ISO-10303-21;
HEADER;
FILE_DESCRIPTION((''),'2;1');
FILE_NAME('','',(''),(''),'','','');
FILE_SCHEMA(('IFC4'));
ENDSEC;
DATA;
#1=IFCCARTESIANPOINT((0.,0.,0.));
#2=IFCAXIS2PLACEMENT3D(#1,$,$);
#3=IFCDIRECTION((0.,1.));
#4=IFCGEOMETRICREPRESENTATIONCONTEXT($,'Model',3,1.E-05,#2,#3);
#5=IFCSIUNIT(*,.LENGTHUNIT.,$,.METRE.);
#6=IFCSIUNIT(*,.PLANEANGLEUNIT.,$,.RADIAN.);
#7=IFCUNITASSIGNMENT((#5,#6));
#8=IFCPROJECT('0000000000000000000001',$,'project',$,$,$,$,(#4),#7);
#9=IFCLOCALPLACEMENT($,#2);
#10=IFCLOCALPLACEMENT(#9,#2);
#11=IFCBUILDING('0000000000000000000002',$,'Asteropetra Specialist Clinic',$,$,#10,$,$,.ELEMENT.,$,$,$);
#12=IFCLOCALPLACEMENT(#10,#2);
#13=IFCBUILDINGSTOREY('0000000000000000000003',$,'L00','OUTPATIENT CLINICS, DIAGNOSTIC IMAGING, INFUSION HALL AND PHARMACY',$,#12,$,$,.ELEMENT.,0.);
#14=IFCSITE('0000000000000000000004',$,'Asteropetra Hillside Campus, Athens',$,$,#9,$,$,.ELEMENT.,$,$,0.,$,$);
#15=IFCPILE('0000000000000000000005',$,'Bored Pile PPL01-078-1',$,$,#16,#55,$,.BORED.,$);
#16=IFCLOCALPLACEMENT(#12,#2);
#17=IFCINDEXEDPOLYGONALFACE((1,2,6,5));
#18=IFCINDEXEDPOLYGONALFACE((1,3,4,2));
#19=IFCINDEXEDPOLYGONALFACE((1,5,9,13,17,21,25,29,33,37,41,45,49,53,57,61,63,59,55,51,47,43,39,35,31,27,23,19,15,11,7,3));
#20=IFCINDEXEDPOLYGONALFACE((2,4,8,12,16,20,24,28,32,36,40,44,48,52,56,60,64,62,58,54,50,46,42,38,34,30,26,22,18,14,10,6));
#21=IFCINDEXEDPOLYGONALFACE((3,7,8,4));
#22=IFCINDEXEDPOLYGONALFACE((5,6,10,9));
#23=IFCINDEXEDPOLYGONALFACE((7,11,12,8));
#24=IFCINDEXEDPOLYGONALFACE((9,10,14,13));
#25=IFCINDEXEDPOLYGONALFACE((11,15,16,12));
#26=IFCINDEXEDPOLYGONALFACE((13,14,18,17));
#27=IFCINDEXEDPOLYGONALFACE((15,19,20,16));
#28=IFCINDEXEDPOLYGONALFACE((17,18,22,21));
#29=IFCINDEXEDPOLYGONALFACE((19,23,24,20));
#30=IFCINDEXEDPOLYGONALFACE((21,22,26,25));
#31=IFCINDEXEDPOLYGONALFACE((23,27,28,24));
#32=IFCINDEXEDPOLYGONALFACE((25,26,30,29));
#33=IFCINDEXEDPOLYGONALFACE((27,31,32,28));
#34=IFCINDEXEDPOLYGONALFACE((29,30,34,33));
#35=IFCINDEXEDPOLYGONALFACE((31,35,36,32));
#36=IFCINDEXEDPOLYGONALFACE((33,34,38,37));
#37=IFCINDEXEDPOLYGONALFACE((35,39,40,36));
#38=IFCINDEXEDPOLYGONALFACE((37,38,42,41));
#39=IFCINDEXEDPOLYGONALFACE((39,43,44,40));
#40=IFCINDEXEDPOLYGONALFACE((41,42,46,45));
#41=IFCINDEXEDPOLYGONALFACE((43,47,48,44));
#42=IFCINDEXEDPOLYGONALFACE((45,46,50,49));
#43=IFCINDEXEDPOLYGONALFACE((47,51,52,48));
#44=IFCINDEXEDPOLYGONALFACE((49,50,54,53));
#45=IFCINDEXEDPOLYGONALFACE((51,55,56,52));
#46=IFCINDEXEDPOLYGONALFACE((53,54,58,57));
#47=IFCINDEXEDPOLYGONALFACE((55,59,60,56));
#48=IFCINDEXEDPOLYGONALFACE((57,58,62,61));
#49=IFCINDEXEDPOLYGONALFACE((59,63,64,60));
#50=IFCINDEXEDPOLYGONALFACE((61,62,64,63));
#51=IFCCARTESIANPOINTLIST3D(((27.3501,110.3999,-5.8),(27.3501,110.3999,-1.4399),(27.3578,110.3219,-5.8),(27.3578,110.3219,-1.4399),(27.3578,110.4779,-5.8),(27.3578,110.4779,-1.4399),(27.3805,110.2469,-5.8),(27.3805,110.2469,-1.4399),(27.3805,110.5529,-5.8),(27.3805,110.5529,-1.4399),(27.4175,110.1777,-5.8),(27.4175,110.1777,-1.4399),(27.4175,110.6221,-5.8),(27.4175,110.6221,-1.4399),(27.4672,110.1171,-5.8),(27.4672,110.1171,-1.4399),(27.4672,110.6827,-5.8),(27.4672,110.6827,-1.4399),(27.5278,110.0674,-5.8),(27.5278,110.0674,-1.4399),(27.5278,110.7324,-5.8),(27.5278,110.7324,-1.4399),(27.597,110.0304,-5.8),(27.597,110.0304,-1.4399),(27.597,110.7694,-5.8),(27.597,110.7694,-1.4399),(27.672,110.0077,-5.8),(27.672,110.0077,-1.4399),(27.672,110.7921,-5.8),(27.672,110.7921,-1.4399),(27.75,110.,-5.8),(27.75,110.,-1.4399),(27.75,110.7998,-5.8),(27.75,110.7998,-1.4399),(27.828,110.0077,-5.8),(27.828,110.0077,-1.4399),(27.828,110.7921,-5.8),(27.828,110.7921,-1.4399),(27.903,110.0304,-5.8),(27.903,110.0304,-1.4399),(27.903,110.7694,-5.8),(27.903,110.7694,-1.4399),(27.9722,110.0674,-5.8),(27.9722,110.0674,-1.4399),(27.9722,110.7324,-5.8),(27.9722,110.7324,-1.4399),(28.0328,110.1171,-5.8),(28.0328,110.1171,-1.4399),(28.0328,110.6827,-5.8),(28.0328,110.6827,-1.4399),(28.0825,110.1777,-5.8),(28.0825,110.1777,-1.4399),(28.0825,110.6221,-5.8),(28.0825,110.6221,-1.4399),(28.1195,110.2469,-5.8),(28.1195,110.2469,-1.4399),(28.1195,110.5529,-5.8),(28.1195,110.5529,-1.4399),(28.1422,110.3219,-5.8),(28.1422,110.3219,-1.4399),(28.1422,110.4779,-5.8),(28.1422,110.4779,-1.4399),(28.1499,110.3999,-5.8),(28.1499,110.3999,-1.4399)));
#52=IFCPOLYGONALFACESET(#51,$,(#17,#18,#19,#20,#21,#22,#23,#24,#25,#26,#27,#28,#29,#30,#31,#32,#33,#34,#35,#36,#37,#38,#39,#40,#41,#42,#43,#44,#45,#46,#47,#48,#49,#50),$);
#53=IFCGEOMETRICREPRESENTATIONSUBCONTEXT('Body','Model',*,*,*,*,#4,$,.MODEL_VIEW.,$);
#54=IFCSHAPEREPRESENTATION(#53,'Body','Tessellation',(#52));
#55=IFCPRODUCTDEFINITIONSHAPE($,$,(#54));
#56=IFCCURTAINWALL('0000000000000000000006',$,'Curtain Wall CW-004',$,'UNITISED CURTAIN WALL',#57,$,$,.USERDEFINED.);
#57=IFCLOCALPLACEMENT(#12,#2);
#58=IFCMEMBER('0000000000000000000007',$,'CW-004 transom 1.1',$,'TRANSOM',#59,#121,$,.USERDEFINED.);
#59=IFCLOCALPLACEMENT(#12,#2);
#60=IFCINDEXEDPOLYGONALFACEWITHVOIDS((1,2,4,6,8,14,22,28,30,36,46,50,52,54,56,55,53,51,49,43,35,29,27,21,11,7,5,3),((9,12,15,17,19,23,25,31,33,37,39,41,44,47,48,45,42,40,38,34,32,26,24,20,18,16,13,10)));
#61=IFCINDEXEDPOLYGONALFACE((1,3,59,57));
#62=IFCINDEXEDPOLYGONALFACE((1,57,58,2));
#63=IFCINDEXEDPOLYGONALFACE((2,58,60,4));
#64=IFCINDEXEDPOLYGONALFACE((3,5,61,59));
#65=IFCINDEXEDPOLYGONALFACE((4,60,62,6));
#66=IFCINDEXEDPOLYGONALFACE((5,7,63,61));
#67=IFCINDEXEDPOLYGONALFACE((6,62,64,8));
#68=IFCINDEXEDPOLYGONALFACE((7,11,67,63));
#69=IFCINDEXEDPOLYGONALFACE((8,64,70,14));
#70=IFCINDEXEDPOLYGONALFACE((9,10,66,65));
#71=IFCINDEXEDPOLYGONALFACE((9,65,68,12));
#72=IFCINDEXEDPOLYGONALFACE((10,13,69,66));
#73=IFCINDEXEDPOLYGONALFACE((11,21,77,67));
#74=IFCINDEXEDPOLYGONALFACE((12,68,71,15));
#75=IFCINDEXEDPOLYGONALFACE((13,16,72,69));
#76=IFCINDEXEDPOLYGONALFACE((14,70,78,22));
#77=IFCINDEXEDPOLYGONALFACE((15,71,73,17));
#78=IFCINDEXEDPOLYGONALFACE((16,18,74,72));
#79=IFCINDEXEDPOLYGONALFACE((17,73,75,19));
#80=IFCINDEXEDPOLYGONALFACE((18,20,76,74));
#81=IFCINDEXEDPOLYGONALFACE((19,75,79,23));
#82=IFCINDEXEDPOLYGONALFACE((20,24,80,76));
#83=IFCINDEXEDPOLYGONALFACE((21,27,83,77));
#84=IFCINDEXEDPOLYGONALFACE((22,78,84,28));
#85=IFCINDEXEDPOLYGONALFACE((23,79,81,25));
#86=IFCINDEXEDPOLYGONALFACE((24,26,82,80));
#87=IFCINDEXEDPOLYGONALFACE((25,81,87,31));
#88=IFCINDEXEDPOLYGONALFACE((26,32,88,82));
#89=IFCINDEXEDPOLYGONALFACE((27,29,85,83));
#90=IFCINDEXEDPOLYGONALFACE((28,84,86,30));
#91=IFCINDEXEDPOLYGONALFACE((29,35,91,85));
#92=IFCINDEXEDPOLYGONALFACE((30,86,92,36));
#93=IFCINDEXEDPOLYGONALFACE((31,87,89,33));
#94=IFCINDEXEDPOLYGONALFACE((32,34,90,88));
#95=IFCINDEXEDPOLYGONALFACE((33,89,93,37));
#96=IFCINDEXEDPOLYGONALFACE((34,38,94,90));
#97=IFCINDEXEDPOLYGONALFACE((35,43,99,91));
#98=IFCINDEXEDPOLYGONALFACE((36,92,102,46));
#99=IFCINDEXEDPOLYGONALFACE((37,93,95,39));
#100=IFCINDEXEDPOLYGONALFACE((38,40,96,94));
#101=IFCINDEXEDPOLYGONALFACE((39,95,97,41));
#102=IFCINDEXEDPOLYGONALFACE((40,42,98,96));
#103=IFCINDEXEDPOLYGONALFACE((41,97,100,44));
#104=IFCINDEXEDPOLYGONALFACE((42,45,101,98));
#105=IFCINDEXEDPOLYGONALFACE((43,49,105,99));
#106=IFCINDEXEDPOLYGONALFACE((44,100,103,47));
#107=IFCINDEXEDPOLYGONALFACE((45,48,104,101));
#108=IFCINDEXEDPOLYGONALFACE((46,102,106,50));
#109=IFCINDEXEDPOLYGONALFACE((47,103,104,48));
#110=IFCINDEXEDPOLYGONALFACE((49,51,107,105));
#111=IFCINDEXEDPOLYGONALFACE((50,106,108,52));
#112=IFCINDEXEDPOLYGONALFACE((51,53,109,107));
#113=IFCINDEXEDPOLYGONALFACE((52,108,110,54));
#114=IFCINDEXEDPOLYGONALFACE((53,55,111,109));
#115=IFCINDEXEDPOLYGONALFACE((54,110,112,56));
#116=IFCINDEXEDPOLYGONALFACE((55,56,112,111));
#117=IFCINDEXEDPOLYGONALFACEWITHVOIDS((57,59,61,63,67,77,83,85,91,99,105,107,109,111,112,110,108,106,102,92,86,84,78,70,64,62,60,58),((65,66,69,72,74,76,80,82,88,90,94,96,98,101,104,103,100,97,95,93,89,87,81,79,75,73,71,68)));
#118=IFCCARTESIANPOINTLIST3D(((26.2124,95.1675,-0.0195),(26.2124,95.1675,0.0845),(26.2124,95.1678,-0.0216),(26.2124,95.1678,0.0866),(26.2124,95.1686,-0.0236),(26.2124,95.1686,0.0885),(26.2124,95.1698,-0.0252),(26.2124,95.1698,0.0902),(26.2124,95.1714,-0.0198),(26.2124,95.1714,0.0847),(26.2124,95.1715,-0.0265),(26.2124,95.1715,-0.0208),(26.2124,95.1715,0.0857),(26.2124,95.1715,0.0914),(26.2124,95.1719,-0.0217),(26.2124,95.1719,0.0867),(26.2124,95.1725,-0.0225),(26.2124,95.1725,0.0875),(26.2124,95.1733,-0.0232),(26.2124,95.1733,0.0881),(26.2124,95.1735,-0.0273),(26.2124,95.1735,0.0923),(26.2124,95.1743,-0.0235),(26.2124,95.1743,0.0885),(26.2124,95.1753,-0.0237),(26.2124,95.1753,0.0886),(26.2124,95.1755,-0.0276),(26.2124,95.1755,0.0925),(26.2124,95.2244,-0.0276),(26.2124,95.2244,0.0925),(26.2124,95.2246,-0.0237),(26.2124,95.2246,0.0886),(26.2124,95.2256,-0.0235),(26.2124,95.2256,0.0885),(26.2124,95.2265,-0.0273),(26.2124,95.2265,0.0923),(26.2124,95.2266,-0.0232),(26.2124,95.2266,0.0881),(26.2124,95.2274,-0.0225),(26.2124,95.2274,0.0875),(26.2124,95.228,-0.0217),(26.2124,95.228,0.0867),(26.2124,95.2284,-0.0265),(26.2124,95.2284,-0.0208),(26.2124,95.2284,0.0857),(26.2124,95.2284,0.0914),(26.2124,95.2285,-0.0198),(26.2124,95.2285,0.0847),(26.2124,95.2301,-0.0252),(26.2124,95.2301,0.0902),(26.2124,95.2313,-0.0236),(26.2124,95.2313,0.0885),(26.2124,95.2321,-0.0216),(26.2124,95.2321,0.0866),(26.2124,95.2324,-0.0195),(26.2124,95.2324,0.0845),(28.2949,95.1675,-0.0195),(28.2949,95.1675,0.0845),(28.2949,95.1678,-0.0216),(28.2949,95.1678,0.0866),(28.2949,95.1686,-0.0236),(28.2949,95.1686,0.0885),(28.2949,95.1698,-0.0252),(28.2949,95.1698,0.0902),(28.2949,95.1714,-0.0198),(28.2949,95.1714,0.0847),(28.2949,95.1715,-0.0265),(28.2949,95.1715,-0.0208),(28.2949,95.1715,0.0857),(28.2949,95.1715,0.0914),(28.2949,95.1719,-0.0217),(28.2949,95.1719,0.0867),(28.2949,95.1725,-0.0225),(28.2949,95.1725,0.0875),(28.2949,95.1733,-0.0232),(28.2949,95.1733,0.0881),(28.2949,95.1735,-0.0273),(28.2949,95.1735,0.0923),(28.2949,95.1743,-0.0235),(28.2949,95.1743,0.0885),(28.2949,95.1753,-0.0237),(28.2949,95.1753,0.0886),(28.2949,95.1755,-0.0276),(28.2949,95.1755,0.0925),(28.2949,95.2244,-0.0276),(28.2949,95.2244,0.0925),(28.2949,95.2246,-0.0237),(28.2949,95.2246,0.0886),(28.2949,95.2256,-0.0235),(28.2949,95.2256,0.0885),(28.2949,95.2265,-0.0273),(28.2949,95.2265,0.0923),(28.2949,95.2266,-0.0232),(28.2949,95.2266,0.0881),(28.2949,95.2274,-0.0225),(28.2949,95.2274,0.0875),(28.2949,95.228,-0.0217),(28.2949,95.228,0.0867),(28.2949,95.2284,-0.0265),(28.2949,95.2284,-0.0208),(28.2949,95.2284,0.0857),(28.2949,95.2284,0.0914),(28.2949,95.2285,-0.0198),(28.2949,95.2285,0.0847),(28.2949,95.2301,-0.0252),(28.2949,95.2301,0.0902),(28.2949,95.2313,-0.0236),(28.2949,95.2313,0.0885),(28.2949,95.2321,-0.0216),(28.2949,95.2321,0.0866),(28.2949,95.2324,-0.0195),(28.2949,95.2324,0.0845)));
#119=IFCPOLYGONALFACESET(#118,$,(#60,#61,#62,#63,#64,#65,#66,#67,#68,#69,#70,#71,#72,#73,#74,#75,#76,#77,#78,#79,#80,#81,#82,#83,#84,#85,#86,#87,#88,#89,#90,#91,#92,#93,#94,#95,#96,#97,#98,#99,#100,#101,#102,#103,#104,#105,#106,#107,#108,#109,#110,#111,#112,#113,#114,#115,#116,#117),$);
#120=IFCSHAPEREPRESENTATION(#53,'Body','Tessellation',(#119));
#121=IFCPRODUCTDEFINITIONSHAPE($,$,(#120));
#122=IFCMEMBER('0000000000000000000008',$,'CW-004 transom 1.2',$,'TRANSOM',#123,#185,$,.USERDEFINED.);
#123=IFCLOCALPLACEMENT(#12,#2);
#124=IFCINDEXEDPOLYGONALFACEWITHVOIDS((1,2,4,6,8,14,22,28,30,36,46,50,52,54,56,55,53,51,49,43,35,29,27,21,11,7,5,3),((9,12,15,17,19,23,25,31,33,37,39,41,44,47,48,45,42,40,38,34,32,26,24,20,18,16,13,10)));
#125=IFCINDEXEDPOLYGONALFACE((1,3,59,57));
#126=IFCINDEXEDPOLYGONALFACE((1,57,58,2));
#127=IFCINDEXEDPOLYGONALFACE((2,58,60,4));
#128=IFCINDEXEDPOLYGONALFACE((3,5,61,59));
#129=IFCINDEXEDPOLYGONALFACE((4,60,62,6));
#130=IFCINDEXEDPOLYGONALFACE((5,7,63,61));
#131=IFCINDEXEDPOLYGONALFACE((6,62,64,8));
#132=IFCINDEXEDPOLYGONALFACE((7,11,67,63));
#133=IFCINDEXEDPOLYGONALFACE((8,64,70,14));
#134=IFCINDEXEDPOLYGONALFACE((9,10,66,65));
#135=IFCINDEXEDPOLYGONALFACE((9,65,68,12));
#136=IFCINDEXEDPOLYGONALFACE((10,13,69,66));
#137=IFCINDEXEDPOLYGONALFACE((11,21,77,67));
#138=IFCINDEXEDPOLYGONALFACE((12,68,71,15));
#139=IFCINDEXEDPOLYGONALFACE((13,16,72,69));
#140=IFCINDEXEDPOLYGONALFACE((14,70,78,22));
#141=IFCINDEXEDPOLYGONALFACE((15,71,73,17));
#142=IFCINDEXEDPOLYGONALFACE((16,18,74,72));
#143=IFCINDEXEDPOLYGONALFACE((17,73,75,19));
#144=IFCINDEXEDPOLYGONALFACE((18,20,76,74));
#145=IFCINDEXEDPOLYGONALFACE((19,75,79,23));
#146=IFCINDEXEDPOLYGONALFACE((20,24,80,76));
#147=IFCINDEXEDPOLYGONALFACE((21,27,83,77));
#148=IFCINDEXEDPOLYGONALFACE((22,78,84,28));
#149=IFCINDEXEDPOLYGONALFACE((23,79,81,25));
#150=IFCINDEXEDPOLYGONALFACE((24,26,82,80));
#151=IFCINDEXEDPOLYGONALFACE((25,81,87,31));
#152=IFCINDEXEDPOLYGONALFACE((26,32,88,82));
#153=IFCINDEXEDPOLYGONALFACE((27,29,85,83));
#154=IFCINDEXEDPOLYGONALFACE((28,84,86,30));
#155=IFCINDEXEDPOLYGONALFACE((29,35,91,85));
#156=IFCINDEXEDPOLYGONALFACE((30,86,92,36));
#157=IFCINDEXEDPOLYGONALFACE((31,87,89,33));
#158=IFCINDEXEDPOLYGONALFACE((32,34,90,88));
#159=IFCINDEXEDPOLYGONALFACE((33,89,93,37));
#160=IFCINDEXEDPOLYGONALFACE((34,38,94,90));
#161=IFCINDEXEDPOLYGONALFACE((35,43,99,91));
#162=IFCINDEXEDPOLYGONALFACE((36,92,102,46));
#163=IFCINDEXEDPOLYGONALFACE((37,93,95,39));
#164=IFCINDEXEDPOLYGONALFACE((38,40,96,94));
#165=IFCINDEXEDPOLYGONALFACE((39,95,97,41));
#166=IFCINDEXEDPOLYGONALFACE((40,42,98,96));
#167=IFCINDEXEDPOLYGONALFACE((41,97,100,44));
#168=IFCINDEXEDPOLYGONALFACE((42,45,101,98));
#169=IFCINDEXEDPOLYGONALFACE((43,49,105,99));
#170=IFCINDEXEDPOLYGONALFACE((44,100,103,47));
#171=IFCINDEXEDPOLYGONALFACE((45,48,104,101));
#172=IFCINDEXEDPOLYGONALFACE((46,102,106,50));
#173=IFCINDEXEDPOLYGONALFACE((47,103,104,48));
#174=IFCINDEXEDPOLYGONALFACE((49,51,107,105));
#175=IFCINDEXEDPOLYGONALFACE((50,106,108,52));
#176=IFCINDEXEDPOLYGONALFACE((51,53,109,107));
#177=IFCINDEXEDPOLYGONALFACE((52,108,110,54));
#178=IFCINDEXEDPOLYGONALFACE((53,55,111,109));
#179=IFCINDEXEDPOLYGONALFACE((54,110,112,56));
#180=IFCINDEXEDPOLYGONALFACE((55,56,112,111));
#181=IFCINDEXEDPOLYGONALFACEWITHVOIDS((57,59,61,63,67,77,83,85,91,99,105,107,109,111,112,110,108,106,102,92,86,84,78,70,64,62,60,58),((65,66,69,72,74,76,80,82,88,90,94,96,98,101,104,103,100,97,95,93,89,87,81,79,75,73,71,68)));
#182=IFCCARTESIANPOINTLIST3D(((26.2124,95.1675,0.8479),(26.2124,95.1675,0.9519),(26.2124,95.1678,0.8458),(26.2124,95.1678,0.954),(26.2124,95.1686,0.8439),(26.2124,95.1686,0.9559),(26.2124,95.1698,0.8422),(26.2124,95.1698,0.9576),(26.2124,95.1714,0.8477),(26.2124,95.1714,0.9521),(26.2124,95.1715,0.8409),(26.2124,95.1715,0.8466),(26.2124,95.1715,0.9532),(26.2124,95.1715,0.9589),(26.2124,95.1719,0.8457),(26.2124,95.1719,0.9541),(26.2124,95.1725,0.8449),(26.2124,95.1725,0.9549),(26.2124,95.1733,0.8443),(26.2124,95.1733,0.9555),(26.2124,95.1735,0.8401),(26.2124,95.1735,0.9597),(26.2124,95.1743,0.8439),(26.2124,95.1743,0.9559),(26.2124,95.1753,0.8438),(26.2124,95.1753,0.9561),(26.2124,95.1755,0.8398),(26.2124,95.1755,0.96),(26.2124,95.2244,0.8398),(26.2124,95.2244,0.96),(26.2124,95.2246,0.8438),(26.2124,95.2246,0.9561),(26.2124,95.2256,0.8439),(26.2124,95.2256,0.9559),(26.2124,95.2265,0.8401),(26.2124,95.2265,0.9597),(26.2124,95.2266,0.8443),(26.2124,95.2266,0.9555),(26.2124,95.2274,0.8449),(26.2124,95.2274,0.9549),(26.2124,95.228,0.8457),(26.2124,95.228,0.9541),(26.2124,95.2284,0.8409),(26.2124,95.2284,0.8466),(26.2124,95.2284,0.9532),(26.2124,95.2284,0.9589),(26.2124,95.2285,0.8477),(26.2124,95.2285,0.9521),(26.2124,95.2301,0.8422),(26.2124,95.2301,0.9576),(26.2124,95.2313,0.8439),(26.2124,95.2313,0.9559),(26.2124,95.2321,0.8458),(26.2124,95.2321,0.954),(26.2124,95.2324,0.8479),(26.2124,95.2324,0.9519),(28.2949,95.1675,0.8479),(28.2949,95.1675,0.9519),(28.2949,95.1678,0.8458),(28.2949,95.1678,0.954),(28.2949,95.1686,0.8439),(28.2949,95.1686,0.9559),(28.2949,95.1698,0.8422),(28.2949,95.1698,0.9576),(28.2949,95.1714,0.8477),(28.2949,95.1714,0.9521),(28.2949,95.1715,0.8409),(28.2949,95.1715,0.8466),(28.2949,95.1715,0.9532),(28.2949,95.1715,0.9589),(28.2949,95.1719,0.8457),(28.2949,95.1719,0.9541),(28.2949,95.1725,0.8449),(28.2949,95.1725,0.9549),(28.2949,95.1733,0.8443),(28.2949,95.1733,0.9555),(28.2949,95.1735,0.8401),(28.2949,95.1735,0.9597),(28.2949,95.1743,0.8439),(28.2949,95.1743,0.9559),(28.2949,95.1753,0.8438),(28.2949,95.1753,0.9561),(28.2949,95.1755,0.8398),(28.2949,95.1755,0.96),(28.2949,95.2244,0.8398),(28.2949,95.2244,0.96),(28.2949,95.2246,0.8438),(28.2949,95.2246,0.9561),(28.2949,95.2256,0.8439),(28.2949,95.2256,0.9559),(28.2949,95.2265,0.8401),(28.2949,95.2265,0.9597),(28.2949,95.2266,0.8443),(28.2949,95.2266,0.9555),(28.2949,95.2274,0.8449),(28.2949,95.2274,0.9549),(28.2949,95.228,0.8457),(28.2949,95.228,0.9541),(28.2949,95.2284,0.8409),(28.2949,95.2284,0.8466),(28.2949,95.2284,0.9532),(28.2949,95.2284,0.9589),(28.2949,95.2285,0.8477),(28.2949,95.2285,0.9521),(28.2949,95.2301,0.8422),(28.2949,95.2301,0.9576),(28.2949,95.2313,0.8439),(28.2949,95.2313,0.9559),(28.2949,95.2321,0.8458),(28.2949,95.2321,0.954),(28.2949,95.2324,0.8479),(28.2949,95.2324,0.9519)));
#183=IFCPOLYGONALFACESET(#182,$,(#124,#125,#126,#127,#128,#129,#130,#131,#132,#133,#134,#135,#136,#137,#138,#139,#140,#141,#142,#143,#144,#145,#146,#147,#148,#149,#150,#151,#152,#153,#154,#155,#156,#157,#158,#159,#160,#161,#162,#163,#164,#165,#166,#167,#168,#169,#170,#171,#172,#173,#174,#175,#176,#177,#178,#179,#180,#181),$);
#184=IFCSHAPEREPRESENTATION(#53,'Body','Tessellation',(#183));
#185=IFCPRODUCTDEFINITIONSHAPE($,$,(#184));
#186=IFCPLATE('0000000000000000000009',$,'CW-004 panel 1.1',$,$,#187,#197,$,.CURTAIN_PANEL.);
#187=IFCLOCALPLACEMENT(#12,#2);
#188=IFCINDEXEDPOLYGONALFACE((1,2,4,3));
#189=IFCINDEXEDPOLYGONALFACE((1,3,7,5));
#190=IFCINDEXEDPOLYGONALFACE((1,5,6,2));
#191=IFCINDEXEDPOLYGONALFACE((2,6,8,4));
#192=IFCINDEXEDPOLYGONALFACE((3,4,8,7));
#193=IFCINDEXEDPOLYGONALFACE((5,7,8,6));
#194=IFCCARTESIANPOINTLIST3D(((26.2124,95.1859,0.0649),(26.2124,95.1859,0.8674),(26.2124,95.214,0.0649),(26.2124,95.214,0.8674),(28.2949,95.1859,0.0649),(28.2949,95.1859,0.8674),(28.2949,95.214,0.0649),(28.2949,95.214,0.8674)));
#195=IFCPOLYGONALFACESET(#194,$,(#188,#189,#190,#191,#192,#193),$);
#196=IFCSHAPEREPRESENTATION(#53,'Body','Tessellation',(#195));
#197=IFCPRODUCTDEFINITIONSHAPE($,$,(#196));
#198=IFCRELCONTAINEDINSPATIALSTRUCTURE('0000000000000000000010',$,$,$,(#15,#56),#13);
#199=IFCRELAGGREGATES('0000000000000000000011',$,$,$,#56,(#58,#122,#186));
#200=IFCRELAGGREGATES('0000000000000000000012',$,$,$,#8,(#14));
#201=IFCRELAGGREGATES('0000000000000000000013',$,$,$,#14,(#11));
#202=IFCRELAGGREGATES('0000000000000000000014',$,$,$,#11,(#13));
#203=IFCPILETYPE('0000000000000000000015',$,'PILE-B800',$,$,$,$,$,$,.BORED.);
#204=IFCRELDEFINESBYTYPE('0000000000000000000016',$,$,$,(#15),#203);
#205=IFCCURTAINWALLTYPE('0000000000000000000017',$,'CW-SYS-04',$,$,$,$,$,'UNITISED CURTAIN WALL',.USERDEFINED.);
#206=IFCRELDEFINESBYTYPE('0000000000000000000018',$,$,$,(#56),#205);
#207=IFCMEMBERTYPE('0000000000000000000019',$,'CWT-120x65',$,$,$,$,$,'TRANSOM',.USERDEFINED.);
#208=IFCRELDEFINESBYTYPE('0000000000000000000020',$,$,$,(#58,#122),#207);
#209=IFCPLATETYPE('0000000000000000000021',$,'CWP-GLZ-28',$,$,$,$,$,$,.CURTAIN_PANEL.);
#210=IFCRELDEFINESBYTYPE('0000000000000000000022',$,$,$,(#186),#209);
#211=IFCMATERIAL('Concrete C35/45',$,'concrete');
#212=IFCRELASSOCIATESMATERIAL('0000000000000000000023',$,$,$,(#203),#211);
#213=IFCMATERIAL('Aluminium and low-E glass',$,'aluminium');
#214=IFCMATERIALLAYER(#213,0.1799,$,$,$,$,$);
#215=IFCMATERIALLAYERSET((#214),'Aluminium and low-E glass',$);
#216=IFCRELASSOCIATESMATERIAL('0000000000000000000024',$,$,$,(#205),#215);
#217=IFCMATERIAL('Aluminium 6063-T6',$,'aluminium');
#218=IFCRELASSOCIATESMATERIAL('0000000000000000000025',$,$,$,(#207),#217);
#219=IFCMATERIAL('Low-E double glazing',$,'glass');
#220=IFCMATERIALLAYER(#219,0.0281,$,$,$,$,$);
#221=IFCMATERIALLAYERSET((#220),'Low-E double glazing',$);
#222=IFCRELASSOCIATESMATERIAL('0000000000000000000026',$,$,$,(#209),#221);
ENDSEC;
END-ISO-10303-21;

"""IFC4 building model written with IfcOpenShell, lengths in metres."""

from ifc_helpers import new_model, si_unit, direction, frame, origin, origin_2d, place, context, subcontext, project, spatial, rectangle, hollow_rectangle, circle, extrude, material, layer, layer_set, material_profile, profile_set, type_object, element, aggregate, save


model = new_model("IFC4")

# Units and contexts
model_context = context("Model", 3, precision=1e-05, world=origin(), true_north=direction((0.0, 1.0)))
body_context = subcontext(model_context, "Body", "Model", "MODEL_VIEW")
ifc_project = project(units=[si_unit("LENGTHUNIT", "METRE"), si_unit("PLANEANGLEUNIT", "RADIAN")], contexts=[model_context])

# Site, building, storey
site_placement = place(None, origin())
site = spatial("IfcSite", under=ifc_project, at=site_placement, Name="Asteropetra Hillside Campus, Athens", CompositionType="ELEMENT", RefElevation=0.0)
building_placement = place(site_placement, origin())
building = spatial("IfcBuilding", under=site, at=building_placement, Name="Asteropetra Specialist Clinic", CompositionType="ELEMENT")
storey_placement = place(building_placement, origin())
storey = spatial("IfcBuildingStorey", under=building, at=storey_placement, Name="L00", Description="OUTPATIENT CLINICS, DIAGNOSTIC IMAGING, INFUSION HALL AND PHARMACY", CompositionType="ELEMENT", Elevation=0.0)

# Pile
ifc_material_1 = material(Name="Concrete C35/45", Category="concrete")
ifc_material_profile_1 = material_profile(ifc_material_1, circle(Radius=0.3999, at=origin_2d()), Name="PILE D800")
ifc_profile_set_1 = profile_set([ifc_material_profile_1], Name="Concrete C35/45")
pile_type_1 = type_object("IfcPileType", Name="PILE-B800", PredefinedType="BORED", material=ifc_profile_set_1)
for number, where, z_axis, x_axis, name in (
    (1, (27.75, 110.3999, -1.4399), (0.0, 0.0, -1.0), (1.0, 0.0, 0.0), "Bored Pile PPL01-078-1"),
):
    element("IfcPile", number, at=place(storey_placement, frame(where, z_axis=z_axis, x_axis=x_axis)), inside=storey, type_object=pile_type_1, Name=name, PredefinedType="BORED", context=body_context, shape_type="SweptSolid", body=[
        extrude(circle(Radius=0.3999, at=origin_2d()), origin(), (0.0, 0.0, 1.0), 4.3601),
    ])

# Curtain wall, members, plate
ifc_material_2 = material(Name="Aluminium and low-E glass", Category="aluminium")
ifc_layer_1 = layer(ifc_material_2, 0.1799)
ifc_layer_set_1 = layer_set([ifc_layer_1], Name="Aluminium and low-E glass")
curtain_wall_type = type_object("IfcCurtainWallType", Name="CW-SYS-04", ElementType="UNITISED CURTAIN WALL", PredefinedType="USERDEFINED", material=ifc_layer_set_1)
curtain_wall_placement = place(storey_placement, origin())
curtain_wall = element("IfcCurtainWall", 2, at=curtain_wall_placement, inside=storey, type_object=curtain_wall_type, Name="Curtain Wall CW-004", ObjectType="UNITISED CURTAIN WALL", PredefinedType="USERDEFINED")
ifc_material_3 = material(Name="Aluminium 6063-T6", Category="aluminium")
ifc_material_profile_2 = material_profile(ifc_material_3, hollow_rectangle(XDim=0.0649, YDim=0.1201, WallThickness=0.0039, InnerFilletRadius=0.0039, OuterFilletRadius=0.0081, at=origin_2d()), Name="TRN 120x65x4.0")
ifc_profile_set_2 = profile_set([ifc_material_profile_2], Name="Aluminium 6063-T6")
member_type = type_object("IfcMemberType", Name="CWT-120x65", ElementType="TRANSOM", PredefinedType="USERDEFINED", material=ifc_profile_set_2)
member_1_placement = place(storey_placement, frame((28.2949, 95.2, 0.0325), z_axis=(-1.0, 0.0, 0.0), x_axis=(0.0, -1.0, 0.0)))
member_1 = element("IfcMember", 3, at=member_1_placement, type_object=member_type, Name="CW-004 transom 1.1", ObjectType="TRANSOM", PredefinedType="USERDEFINED", context=body_context, shape_type="SweptSolid", body=[
    extrude(hollow_rectangle(XDim=0.0649, YDim=0.1201, WallThickness=0.0039, InnerFilletRadius=0.0039, OuterFilletRadius=0.0081, at=origin_2d()), origin(), (0.0, 0.0, 1.0), 2.0825),
])
member_2_placement = place(storey_placement, frame((28.2949, 95.2, 0.8999), z_axis=(-1.0, 0.0, 0.0), x_axis=(0.0, -1.0, 0.0)))
member_2 = element("IfcMember", 4, at=member_2_placement, type_object=member_type, Name="CW-004 transom 1.2", ObjectType="TRANSOM", PredefinedType="USERDEFINED", context=body_context, shape_type="SweptSolid", body=[
    extrude(hollow_rectangle(XDim=0.0649, YDim=0.1201, WallThickness=0.0039, InnerFilletRadius=0.0039, OuterFilletRadius=0.0081, at=origin_2d()), origin(), (0.0, 0.0, 1.0), 2.0825),
])
ifc_material_4 = material(Name="Low-E double glazing", Category="glass")
ifc_layer_2 = layer(ifc_material_4, 0.0281)
ifc_layer_set_2 = layer_set([ifc_layer_2], Name="Low-E double glazing")
plate_type = type_object("IfcPlateType", Name="CWP-GLZ-28", PredefinedType="CURTAIN_PANEL", material=ifc_layer_set_2)
plate_1_placement = place(storey_placement, frame((27.2537, 95.2, 0.0649), z_axis=(0.0, 0.0, 1.0), x_axis=(-1.0, 0.0, 0.0)))
plate_1 = element("IfcPlate", 5, at=plate_1_placement, type_object=plate_type, Name="CW-004 panel 1.1", PredefinedType="CURTAIN_PANEL", context=body_context, shape_type="SweptSolid", body=[
    extrude(rectangle(XDim=2.0825, YDim=0.0281, at=origin_2d()), origin(), (0.0, 0.0, 1.0), 0.8025),
])
aggregate(curtain_wall, [member_1, member_2, plate_1])

save(model, "model.ifc")
